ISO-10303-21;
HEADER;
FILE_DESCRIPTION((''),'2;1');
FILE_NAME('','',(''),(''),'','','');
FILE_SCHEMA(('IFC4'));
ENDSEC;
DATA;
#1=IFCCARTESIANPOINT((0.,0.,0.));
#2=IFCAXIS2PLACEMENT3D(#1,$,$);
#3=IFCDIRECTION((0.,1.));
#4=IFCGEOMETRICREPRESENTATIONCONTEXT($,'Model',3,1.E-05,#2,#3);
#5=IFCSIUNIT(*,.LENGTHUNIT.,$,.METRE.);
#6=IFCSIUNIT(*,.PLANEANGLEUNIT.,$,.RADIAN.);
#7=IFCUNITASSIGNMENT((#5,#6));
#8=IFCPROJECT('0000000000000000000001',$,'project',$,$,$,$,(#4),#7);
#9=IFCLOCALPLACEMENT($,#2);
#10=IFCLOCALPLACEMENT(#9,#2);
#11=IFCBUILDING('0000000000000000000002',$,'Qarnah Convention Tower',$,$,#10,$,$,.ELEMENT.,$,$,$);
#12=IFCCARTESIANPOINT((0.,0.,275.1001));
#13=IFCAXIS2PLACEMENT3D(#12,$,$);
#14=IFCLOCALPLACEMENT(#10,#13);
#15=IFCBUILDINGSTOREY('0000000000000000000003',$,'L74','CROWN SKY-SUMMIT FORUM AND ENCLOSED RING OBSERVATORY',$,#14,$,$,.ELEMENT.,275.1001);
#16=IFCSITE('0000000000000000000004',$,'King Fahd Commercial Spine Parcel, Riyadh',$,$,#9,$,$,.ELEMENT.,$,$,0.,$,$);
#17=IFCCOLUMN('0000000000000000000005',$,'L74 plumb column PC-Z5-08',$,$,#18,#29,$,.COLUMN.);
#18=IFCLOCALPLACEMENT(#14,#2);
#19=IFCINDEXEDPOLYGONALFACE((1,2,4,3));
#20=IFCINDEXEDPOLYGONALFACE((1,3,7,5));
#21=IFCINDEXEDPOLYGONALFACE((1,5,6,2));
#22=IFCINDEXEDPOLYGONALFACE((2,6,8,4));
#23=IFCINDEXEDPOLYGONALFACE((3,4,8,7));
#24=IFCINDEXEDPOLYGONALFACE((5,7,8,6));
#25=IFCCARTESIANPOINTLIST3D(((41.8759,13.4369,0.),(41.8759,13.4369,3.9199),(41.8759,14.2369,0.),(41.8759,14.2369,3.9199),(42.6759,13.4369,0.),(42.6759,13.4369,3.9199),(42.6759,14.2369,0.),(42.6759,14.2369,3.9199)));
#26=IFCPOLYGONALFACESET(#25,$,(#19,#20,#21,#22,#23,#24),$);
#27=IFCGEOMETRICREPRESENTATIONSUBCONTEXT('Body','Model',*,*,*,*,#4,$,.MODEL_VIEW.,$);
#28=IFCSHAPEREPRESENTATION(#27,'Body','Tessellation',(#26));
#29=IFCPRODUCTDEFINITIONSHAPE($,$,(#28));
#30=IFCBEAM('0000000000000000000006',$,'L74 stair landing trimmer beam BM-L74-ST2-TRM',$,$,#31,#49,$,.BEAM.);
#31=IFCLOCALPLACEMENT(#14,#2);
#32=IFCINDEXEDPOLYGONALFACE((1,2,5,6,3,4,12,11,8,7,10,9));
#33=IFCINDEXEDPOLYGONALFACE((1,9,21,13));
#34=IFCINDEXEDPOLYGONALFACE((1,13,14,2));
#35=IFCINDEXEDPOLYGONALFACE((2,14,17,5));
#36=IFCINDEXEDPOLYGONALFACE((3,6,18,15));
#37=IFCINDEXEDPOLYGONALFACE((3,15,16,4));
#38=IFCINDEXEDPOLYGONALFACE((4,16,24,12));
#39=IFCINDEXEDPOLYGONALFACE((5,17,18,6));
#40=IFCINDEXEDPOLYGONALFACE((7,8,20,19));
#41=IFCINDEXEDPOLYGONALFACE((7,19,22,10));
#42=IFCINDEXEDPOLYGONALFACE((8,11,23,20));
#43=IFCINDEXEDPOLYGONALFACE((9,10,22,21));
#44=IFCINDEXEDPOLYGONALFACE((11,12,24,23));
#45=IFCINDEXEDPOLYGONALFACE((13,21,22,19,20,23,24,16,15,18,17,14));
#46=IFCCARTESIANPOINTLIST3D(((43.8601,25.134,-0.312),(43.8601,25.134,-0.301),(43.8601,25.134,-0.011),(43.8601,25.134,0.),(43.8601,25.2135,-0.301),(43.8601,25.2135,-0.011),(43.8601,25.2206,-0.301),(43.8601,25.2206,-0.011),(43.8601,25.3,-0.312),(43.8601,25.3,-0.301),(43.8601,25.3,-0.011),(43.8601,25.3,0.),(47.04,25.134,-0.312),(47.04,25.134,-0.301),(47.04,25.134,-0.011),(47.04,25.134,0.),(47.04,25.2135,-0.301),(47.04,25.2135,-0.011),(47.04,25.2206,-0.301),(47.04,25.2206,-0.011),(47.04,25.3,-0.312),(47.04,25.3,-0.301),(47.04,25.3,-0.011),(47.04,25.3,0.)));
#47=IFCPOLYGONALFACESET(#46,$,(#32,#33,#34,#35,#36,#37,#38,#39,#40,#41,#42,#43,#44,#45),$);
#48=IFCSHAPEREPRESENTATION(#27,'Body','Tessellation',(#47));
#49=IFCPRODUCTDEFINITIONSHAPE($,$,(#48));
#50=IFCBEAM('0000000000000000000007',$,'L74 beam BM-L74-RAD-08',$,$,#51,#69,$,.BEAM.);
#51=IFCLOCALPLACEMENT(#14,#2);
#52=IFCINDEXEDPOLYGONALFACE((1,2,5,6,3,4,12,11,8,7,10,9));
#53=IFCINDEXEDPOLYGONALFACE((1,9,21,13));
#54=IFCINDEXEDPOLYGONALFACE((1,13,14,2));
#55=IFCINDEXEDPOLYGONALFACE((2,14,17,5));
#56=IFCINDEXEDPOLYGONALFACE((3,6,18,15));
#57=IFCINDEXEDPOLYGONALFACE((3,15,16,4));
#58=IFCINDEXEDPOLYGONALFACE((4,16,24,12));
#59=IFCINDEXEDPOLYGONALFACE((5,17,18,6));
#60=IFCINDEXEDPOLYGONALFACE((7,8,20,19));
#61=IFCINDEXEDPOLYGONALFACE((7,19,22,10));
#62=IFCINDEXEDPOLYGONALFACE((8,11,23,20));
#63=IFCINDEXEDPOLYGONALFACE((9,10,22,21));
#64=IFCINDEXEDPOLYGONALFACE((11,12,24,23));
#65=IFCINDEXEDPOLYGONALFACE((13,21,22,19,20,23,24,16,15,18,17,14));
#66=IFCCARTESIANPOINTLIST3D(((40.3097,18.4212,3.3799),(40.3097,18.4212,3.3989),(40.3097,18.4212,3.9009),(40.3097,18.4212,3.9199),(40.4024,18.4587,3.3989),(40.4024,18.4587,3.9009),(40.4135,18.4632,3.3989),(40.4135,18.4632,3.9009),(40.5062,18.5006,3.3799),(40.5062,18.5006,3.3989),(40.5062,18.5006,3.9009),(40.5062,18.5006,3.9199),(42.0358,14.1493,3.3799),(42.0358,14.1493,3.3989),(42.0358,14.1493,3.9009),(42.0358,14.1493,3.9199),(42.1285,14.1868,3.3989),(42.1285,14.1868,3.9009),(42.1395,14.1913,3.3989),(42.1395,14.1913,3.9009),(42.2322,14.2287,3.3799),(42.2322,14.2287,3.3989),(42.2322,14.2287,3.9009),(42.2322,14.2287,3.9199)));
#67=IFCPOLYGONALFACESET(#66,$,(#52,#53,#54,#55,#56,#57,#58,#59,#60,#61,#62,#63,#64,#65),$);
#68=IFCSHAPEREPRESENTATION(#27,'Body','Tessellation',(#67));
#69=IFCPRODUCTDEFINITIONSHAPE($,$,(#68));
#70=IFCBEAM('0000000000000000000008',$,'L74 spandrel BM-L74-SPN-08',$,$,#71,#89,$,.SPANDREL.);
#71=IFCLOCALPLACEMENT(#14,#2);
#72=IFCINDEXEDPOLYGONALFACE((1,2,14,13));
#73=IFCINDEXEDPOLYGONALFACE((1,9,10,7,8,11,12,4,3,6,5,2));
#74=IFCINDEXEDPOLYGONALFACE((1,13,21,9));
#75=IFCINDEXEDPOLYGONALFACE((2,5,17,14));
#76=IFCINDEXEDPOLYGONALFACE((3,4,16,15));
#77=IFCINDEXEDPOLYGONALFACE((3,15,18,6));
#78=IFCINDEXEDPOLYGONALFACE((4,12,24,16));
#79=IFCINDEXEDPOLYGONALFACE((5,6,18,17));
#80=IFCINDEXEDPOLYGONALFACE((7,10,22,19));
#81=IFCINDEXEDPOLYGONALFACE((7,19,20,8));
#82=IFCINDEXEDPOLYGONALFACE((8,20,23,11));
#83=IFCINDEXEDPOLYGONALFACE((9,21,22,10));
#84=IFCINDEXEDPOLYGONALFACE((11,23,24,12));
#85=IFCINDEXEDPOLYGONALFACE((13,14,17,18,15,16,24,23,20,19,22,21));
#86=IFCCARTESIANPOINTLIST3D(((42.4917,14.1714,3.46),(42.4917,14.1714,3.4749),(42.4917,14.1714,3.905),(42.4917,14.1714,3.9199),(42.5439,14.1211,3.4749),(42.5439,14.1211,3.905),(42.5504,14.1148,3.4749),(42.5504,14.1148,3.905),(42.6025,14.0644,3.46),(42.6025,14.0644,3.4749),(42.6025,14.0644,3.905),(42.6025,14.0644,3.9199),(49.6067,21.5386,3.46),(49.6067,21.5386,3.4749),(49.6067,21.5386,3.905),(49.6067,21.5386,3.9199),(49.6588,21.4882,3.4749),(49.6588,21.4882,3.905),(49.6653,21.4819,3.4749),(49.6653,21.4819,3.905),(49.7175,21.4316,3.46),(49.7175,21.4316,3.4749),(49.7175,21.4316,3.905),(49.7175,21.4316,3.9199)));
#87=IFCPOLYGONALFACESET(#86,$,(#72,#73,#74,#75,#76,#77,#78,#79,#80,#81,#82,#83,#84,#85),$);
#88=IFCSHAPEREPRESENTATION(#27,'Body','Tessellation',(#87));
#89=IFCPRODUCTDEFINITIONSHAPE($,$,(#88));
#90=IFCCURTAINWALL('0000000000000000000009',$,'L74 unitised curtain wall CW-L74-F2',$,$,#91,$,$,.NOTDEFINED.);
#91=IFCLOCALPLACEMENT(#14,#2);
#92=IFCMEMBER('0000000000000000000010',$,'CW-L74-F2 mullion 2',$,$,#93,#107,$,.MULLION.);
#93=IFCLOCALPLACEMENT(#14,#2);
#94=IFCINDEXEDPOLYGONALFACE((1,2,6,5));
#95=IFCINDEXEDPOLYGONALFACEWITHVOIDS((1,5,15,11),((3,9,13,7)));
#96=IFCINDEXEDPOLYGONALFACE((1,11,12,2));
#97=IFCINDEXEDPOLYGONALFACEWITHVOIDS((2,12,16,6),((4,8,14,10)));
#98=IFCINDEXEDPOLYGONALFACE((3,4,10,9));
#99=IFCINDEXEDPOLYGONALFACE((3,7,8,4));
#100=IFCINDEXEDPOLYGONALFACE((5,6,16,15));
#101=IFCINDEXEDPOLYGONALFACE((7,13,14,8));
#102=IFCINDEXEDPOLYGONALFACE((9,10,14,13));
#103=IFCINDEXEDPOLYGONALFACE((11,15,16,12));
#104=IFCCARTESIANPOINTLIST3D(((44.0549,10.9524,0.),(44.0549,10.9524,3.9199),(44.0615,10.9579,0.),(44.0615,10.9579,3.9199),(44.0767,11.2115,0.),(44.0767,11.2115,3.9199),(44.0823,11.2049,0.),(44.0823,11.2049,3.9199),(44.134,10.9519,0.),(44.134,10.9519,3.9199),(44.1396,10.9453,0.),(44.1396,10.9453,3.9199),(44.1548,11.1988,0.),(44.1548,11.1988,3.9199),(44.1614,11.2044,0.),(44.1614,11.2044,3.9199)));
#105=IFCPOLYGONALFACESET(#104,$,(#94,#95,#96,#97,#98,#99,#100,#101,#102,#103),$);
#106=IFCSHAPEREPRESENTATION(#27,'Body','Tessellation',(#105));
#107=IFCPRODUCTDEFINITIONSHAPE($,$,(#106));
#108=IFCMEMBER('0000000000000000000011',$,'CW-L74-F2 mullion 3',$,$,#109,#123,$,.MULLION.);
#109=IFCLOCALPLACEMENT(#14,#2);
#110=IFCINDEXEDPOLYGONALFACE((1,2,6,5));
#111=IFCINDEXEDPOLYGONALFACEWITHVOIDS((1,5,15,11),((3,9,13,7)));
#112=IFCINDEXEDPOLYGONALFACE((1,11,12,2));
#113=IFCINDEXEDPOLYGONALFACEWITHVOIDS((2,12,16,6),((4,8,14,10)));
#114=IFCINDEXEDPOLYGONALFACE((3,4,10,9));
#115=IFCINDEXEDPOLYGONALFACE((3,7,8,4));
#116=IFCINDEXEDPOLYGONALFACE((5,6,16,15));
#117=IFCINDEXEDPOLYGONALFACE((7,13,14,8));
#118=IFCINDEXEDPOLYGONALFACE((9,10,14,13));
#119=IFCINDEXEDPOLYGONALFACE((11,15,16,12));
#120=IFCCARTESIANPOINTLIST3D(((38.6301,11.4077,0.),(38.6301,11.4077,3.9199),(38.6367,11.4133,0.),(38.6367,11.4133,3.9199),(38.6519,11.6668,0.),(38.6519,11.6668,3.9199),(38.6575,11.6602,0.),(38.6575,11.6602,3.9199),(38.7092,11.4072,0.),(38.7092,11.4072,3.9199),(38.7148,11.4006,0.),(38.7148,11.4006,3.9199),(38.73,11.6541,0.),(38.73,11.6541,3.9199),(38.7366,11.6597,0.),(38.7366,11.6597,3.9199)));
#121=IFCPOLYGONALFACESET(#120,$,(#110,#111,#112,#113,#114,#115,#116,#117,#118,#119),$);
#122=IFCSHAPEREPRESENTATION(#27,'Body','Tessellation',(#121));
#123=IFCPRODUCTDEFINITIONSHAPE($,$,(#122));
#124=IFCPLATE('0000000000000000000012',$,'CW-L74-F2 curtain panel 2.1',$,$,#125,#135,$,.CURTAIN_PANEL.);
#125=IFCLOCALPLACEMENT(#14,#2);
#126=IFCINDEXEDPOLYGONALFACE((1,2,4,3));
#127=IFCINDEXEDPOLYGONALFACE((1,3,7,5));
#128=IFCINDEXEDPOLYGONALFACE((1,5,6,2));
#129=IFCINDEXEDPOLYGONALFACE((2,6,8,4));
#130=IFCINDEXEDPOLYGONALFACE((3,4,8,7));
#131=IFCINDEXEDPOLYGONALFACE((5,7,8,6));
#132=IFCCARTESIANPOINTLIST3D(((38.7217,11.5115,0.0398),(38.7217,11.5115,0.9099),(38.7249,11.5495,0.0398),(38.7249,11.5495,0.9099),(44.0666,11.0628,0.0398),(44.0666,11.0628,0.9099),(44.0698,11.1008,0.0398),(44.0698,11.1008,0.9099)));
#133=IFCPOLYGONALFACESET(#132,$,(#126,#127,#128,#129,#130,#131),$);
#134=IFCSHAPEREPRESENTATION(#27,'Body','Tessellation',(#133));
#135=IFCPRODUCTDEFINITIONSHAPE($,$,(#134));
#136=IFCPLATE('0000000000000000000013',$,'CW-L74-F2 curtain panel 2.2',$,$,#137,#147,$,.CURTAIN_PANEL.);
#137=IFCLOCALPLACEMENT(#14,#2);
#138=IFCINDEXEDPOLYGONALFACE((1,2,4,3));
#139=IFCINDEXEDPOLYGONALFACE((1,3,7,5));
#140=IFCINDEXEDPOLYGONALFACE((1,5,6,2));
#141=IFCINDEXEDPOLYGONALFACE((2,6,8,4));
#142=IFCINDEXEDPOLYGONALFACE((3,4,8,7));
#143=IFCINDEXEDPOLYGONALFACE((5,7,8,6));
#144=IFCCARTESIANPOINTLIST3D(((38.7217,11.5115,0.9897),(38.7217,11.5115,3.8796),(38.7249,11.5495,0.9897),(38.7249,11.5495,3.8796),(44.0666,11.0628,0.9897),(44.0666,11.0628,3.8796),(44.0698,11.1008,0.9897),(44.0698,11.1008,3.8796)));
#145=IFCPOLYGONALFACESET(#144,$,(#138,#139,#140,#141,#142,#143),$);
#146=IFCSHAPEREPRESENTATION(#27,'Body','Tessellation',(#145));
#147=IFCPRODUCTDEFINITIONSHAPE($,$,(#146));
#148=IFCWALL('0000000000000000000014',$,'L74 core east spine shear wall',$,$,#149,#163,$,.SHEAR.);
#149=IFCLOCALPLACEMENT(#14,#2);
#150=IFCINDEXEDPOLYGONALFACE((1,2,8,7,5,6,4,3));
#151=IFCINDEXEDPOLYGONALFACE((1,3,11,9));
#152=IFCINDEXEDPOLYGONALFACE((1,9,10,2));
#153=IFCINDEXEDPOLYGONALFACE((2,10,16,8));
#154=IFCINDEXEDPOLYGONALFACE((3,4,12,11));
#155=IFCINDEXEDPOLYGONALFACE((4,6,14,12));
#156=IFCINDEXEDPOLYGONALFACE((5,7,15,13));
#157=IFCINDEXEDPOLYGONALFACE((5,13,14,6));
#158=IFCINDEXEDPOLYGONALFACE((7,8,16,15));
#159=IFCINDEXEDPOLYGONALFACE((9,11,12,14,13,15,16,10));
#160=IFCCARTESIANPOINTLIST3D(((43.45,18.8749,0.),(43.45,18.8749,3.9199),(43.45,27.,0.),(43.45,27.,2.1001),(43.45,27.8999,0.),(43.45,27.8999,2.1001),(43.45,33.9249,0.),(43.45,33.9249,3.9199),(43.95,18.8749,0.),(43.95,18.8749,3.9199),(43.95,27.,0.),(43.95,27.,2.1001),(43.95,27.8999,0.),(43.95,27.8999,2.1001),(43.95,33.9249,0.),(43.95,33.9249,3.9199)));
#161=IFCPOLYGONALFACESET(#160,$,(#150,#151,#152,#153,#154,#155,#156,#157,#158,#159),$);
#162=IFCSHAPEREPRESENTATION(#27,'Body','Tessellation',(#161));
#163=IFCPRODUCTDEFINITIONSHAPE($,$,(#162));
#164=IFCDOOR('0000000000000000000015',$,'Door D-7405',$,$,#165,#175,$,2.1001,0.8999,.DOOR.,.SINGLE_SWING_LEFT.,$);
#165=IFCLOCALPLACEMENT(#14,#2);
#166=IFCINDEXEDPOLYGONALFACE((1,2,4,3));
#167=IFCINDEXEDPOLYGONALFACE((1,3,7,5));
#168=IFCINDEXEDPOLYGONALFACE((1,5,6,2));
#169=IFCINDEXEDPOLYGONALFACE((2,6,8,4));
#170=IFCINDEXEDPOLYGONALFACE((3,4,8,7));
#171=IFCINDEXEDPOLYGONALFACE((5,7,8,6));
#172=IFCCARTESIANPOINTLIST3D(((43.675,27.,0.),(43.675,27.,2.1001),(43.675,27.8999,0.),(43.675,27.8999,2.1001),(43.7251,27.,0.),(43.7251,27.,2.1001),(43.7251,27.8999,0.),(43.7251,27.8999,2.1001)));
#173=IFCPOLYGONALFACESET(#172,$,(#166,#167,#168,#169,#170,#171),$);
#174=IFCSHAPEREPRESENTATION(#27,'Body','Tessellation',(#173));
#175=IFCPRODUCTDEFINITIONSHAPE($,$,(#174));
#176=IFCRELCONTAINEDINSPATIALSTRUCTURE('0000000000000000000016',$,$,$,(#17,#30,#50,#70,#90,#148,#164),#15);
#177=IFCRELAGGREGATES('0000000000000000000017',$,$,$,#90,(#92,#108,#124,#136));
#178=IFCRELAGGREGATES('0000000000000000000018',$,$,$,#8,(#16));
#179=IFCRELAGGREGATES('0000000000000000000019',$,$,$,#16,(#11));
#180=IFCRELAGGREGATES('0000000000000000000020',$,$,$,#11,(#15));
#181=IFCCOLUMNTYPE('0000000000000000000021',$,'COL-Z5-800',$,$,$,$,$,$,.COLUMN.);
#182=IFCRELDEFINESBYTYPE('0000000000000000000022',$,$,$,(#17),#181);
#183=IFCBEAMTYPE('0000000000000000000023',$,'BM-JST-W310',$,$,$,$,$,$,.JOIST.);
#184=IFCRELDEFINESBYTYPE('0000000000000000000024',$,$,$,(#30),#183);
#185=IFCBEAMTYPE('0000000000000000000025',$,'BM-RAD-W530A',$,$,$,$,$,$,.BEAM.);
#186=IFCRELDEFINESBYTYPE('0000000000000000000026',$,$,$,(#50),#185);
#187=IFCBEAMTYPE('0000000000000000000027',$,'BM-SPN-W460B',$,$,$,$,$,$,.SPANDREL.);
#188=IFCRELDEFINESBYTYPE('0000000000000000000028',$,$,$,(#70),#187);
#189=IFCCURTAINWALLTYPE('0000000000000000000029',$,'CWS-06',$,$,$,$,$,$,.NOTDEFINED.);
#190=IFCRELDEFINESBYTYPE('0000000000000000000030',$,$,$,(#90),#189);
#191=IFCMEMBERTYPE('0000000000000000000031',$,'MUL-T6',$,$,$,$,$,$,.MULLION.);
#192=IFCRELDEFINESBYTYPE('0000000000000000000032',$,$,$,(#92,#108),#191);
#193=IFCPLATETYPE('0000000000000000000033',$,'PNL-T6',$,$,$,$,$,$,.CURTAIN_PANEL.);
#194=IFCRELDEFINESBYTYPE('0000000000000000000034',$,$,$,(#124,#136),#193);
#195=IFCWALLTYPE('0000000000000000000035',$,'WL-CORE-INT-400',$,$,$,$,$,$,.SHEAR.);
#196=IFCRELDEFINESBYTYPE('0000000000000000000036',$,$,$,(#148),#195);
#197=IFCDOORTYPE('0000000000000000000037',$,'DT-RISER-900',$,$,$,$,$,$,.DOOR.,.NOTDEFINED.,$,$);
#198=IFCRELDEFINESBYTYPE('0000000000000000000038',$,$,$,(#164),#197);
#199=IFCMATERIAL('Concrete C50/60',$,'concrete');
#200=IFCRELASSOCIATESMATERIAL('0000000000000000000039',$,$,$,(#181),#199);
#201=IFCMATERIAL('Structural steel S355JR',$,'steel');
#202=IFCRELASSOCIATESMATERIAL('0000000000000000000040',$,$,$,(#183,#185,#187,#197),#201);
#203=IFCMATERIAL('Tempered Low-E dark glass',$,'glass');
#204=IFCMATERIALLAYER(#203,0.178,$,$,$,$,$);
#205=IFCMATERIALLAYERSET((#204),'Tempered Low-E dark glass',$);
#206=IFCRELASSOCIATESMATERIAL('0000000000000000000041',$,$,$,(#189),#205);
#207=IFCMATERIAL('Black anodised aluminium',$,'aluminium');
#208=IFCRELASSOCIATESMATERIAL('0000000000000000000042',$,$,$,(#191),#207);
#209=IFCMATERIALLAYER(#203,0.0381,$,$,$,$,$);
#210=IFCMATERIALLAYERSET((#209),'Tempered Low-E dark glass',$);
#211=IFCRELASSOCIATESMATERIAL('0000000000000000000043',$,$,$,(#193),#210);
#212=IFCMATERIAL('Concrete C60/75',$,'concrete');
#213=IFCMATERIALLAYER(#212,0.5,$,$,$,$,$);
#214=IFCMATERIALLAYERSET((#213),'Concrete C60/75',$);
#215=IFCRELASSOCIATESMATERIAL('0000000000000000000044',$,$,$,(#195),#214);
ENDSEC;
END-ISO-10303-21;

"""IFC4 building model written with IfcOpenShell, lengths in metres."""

from ifc_helpers import new_model, si_unit, direction, frame, frame_2d, origin, origin_2d, place, context, subcontext, project, spatial, rectangle, hollow_rectangle, i_section, extrude, material, layer, layer_set, material_profile, profile_set, type_object, element, fill, aggregate, save


model = new_model("IFC4")

# Units and contexts
model_context = context("Model", 3, precision=1e-05, world=origin(), true_north=direction((0.0, 1.0)))
body_context = subcontext(model_context, "Body", "Model", "MODEL_VIEW")
ifc_project = project(units=[si_unit("LENGTHUNIT", "METRE"), si_unit("PLANEANGLEUNIT", "RADIAN")], contexts=[model_context])

# Site, building, storey
site_placement = place(None, origin())
site = spatial("IfcSite", under=ifc_project, at=site_placement, Name="King Fahd Commercial Spine Parcel, Riyadh", CompositionType="ELEMENT", RefElevation=0.0)
building_placement = place(site_placement, origin())
building = spatial("IfcBuilding", under=site, at=building_placement, Name="Qarnah Convention Tower", CompositionType="ELEMENT")
storey_placement = place(building_placement, frame((0.0, 0.0, 275.1001)))
storey = spatial("IfcBuildingStorey", under=building, at=storey_placement, Name="L74", Description="CROWN SKY-SUMMIT FORUM AND ENCLOSED RING OBSERVATORY", CompositionType="ELEMENT", Elevation=275.1001)

# Column
ifc_material_1 = material(Name="Concrete C50/60", Category="concrete")
ifc_material_profile_1 = material_profile(ifc_material_1, rectangle(XDim=0.8, YDim=0.8, at=origin_2d()), Name="RC-COL-800X800")
ifc_profile_set_1 = profile_set([ifc_material_profile_1], Name="Concrete C50/60")
column_type = type_object("IfcColumnType", Name="COL-Z5-800", PredefinedType="COLUMN", material=ifc_profile_set_1)
column_placement = place(storey_placement, frame((42.2759, 13.8369, 0.0), z_axis=(0.0, 0.0, 1.0), x_axis=(1.0, 0.0, 0.0)))
element("IfcColumn", 1, at=column_placement, inside=storey, type_object=column_type, Name="L74 plumb column PC-Z5-08", PredefinedType="COLUMN", context=body_context, shape_type="SweptSolid", body=[
    extrude(rectangle(XDim=0.8, YDim=0.8, at=origin_2d()), origin(), (0.0, 0.0, 1.0), 3.9199),
])

# Beams
ifc_material_2 = material(Name="Structural steel S355JR", Category="steel")
ifc_material_profile_2 = material_profile(ifc_material_2, i_section(OverallWidth=0.166, OverallDepth=0.312, WebThickness=0.0071, FlangeThickness=0.011, at=origin_2d()), Name="W310X45")
ifc_profile_set_2 = profile_set([ifc_material_profile_2], Name="Structural steel S355JR")
beam_type_1 = type_object("IfcBeamType", Name="BM-JST-W310", PredefinedType="JOIST", material=ifc_profile_set_2)
beam_1_placement = place(storey_placement, frame((43.8601, 25.217, -0.156), z_axis=(1.0, 0.0, 0.0), x_axis=(0.0, 1.0, 0.0)))
element("IfcBeam", 2, at=beam_1_placement, inside=storey, type_object=beam_type_1, Name="L74 stair landing trimmer beam BM-L74-ST2-TRM", PredefinedType="BEAM", context=body_context, shape_type="SweptSolid", body=[
    extrude(i_section(OverallWidth=0.166, OverallDepth=0.312, WebThickness=0.0071, FlangeThickness=0.011, at=origin_2d()), origin(), (0.0, 0.0, 1.0), 3.1799),
])
ifc_material_profile_3 = material_profile(ifc_material_2, i_section(OverallWidth=0.2119, OverallDepth=0.54, WebThickness=0.012, FlangeThickness=0.019, at=origin_2d()), Name="W530X109")
ifc_profile_set_3 = profile_set([ifc_material_profile_3], Name="Structural steel S355JR")
beam_type_2 = type_object("IfcBeamType", Name="BM-RAD-W530A", PredefinedType="BEAM", material=ifc_profile_set_3)
beam_2_placement = place(storey_placement, frame((40.408, 18.4609, 3.6499), z_axis=(0.374622, -0.927177, 0.0), x_axis=(0.927177, 0.374622, 0.0)))
element("IfcBeam", 3, at=beam_2_placement, inside=storey, type_object=beam_type_2, Name="L74 beam BM-L74-RAD-08", PredefinedType="BEAM", context=body_context, shape_type="SweptSolid", body=[
    extrude(i_section(OverallWidth=0.2119, OverallDepth=0.54, WebThickness=0.012, FlangeThickness=0.019, at=origin_2d()), origin(), (0.0, 0.0, 1.0), 4.6074),
])
ifc_material_profile_4 = material_profile(ifc_material_2, i_section(OverallWidth=0.1541, OverallDepth=0.46, WebThickness=0.009, FlangeThickness=0.0149, at=origin_2d()), Name="W460X68")
ifc_profile_set_4 = profile_set([ifc_material_profile_4], Name="Structural steel S355JR")
beam_type_3 = type_object("IfcBeamType", Name="BM-SPN-W460B", PredefinedType="SPANDREL", material=ifc_profile_set_4)
beam_3_placement = place(storey_placement, frame((42.5471, 14.1179, 3.6899), z_axis=(0.694688, 0.719312, 0.0), x_axis=(-0.719312, 0.694688, 0.0)))
element("IfcBeam", 4, at=beam_3_placement, inside=storey, type_object=beam_type_3, Name="L74 spandrel BM-L74-SPN-08", PredefinedType="SPANDREL", context=body_context, shape_type="SweptSolid", body=[
    extrude(i_section(OverallWidth=0.1541, OverallDepth=0.46, WebThickness=0.009, FlangeThickness=0.0149, at=origin_2d()), origin(), (0.0, 0.0, 1.0), 10.2419),
])

# Curtain wall, members, plates
ifc_material_3 = material(Name="Tempered Low-E dark glass", Category="glass")
ifc_layer_1 = layer(ifc_material_3, 0.178)
ifc_layer_set_1 = layer_set([ifc_layer_1], Name="Tempered Low-E dark glass")
curtain_wall_type = type_object("IfcCurtainWallType", Name="CWS-06", PredefinedType="NOTDEFINED", material=ifc_layer_set_1)
curtain_wall_placement = place(storey_placement, origin())
curtain_wall = element("IfcCurtainWall", 5, at=curtain_wall_placement, inside=storey, type_object=curtain_wall_type, Name="L74 unitised curtain wall CW-L74-F2", PredefinedType="NOTDEFINED")
ifc_material_4 = material(Name="Black anodised aluminium", Category="aluminium")
ifc_material_profile_5 = material_profile(ifc_material_4, hollow_rectangle(XDim=0.085, YDim=0.26, WallThickness=0.0061, at=origin_2d()), Name="MUL-85X260")
ifc_profile_set_5 = profile_set([ifc_material_profile_5], Name="Black anodised aluminium")
member_type = type_object("IfcMemberType", Name="MUL-T6", PredefinedType="MULLION", material=ifc_profile_set_5)
member_1_placement = place(storey_placement, frame((44.1082, 11.0784, 0.0), z_axis=(0.0, 0.0, 1.0), x_axis=(-0.996495, 0.083654, 0.0)))
member_1 = element("IfcMember", 6, at=member_1_placement, type_object=member_type, Name="CW-L74-F2 mullion 2", PredefinedType="MULLION", context=body_context, shape_type="SweptSolid", body=[
    extrude(hollow_rectangle(XDim=0.085, YDim=0.26, WallThickness=0.0061, at=origin_2d()), origin(), (0.0, 0.0, 1.0), 3.9199),
])
member_2_placement = place(storey_placement, frame((38.6833, 11.5337, 0.0), z_axis=(0.0, 0.0, 1.0), x_axis=(-0.996495, 0.083654, 0.0)))
member_2 = element("IfcMember", 7, at=member_2_placement, type_object=member_type, Name="CW-L74-F2 mullion 3", PredefinedType="MULLION", context=body_context, shape_type="SweptSolid", body=[
    extrude(hollow_rectangle(XDim=0.085, YDim=0.26, WallThickness=0.0061, at=origin_2d()), origin(), (0.0, 0.0, 1.0), 3.9199),
])
ifc_layer_2 = layer(ifc_material_3, 0.0381)
ifc_layer_set_2 = layer_set([ifc_layer_2], Name="Tempered Low-E dark glass")
plate_type = type_object("IfcPlateType", Name="PNL-T6", PredefinedType="CURTAIN_PANEL", material=ifc_layer_set_2)
plate_1_placement = place(storey_placement, frame((41.3958, 11.3062, 0.0398), z_axis=(0.0, 0.0, 1.0), x_axis=(-0.996495, 0.083654, 0.0)))
plate_1 = element("IfcPlate", 8, at=plate_1_placement, type_object=plate_type, Name="CW-L74-F2 curtain panel 2.1", PredefinedType="CURTAIN_PANEL", context=body_context, shape_type="SweptSolid", body=[
    extrude(rectangle(XDim=5.3638, YDim=0.0381, at=origin_2d()), origin(), (0.0, 0.0, 1.0), 0.8701),
])
plate_2_placement = place(storey_placement, frame((41.3958, 11.3062, 0.9897), z_axis=(0.0, 0.0, 1.0), x_axis=(-0.996495, 0.083654, 0.0)))
plate_2 = element("IfcPlate", 9, at=plate_2_placement, type_object=plate_type, Name="CW-L74-F2 curtain panel 2.2", PredefinedType="CURTAIN_PANEL", context=body_context, shape_type="SweptSolid", body=[
    extrude(rectangle(XDim=5.3638, YDim=0.0381, at=origin_2d()), origin(), (0.0, 0.0, 1.0), 2.8899),
])
aggregate(curtain_wall, [member_1, member_2, plate_1, plate_2])

# Wall, opening, door
ifc_material_5 = material(Name="Concrete C60/75", Category="concrete")
ifc_layer_3 = layer(ifc_material_5, 0.5)
ifc_layer_set_3 = layer_set([ifc_layer_3], Name="Concrete C60/75")
wall_type_1 = type_object("IfcWallType", Name="WL-CORE-INT-400", PredefinedType="SHEAR", material=ifc_layer_set_3)
wall_1_placement = place(storey_placement, frame((43.7, 18.875, 0.0), z_axis=(0.0, 0.0, 1.0), x_axis=(0.0, 1.0, 0.0)))
wall_1 = element("IfcWall", 10, at=wall_1_placement, inside=storey, type_object=wall_type_1, Name="L74 core east spine shear wall", PredefinedType="SHEAR", context=body_context, shape_type="SweptSolid", body=[
    extrude(rectangle(XDim=15.05, YDim=0.5, at=frame_2d((7.5249, 0.0))), origin(), (0.0, 0.0, 1.0), 3.9199),
])
opening_1_placement = place(wall_1_placement, frame((8.125, 0.0, 0.0)))
opening_1 = element("IfcOpeningElement", 11, at=opening_1_placement, cuts=wall_1, PredefinedType="OPENING", context=body_context, shape_type="SweptSolid", body=[
    extrude(rectangle(XDim=0.8999, YDim=2.1001, at=frame_2d((0.45, 1.05))), frame((0.0, 0.26, 0.0), z_axis=(0.0, -1.0, 0.0), x_axis=(1.0, 0.0, 0.0)), (0.0, 0.0, 1.0), 0.52),
])
door_type_1 = type_object("IfcDoorType", Name="DT-RISER-900", OperationType="NOTDEFINED", PredefinedType="DOOR", material=ifc_material_2)
door_1_placement = place(opening_1_placement, origin())
door_1 = element("IfcDoor", 12, at=door_1_placement, inside=storey, type_object=door_type_1, Name="Door D-7405", OperationType="SINGLE_SWING_LEFT", OverallHeight=2.1001, OverallWidth=0.8999, PredefinedType="DOOR", context=body_context, shape_type="SweptSolid", body=[
    extrude(rectangle(XDim=0.8999, YDim=2.1001, at=frame_2d((0.45, 1.05))), frame((0.0, 0.0249, 0.0), z_axis=(0.0, -1.0, 0.0), x_axis=(1.0, 0.0, 0.0)), (0.0, 0.0, 1.0), 0.05),
])
fill(opening_1, door_1)

save(model, "model.ifc")
